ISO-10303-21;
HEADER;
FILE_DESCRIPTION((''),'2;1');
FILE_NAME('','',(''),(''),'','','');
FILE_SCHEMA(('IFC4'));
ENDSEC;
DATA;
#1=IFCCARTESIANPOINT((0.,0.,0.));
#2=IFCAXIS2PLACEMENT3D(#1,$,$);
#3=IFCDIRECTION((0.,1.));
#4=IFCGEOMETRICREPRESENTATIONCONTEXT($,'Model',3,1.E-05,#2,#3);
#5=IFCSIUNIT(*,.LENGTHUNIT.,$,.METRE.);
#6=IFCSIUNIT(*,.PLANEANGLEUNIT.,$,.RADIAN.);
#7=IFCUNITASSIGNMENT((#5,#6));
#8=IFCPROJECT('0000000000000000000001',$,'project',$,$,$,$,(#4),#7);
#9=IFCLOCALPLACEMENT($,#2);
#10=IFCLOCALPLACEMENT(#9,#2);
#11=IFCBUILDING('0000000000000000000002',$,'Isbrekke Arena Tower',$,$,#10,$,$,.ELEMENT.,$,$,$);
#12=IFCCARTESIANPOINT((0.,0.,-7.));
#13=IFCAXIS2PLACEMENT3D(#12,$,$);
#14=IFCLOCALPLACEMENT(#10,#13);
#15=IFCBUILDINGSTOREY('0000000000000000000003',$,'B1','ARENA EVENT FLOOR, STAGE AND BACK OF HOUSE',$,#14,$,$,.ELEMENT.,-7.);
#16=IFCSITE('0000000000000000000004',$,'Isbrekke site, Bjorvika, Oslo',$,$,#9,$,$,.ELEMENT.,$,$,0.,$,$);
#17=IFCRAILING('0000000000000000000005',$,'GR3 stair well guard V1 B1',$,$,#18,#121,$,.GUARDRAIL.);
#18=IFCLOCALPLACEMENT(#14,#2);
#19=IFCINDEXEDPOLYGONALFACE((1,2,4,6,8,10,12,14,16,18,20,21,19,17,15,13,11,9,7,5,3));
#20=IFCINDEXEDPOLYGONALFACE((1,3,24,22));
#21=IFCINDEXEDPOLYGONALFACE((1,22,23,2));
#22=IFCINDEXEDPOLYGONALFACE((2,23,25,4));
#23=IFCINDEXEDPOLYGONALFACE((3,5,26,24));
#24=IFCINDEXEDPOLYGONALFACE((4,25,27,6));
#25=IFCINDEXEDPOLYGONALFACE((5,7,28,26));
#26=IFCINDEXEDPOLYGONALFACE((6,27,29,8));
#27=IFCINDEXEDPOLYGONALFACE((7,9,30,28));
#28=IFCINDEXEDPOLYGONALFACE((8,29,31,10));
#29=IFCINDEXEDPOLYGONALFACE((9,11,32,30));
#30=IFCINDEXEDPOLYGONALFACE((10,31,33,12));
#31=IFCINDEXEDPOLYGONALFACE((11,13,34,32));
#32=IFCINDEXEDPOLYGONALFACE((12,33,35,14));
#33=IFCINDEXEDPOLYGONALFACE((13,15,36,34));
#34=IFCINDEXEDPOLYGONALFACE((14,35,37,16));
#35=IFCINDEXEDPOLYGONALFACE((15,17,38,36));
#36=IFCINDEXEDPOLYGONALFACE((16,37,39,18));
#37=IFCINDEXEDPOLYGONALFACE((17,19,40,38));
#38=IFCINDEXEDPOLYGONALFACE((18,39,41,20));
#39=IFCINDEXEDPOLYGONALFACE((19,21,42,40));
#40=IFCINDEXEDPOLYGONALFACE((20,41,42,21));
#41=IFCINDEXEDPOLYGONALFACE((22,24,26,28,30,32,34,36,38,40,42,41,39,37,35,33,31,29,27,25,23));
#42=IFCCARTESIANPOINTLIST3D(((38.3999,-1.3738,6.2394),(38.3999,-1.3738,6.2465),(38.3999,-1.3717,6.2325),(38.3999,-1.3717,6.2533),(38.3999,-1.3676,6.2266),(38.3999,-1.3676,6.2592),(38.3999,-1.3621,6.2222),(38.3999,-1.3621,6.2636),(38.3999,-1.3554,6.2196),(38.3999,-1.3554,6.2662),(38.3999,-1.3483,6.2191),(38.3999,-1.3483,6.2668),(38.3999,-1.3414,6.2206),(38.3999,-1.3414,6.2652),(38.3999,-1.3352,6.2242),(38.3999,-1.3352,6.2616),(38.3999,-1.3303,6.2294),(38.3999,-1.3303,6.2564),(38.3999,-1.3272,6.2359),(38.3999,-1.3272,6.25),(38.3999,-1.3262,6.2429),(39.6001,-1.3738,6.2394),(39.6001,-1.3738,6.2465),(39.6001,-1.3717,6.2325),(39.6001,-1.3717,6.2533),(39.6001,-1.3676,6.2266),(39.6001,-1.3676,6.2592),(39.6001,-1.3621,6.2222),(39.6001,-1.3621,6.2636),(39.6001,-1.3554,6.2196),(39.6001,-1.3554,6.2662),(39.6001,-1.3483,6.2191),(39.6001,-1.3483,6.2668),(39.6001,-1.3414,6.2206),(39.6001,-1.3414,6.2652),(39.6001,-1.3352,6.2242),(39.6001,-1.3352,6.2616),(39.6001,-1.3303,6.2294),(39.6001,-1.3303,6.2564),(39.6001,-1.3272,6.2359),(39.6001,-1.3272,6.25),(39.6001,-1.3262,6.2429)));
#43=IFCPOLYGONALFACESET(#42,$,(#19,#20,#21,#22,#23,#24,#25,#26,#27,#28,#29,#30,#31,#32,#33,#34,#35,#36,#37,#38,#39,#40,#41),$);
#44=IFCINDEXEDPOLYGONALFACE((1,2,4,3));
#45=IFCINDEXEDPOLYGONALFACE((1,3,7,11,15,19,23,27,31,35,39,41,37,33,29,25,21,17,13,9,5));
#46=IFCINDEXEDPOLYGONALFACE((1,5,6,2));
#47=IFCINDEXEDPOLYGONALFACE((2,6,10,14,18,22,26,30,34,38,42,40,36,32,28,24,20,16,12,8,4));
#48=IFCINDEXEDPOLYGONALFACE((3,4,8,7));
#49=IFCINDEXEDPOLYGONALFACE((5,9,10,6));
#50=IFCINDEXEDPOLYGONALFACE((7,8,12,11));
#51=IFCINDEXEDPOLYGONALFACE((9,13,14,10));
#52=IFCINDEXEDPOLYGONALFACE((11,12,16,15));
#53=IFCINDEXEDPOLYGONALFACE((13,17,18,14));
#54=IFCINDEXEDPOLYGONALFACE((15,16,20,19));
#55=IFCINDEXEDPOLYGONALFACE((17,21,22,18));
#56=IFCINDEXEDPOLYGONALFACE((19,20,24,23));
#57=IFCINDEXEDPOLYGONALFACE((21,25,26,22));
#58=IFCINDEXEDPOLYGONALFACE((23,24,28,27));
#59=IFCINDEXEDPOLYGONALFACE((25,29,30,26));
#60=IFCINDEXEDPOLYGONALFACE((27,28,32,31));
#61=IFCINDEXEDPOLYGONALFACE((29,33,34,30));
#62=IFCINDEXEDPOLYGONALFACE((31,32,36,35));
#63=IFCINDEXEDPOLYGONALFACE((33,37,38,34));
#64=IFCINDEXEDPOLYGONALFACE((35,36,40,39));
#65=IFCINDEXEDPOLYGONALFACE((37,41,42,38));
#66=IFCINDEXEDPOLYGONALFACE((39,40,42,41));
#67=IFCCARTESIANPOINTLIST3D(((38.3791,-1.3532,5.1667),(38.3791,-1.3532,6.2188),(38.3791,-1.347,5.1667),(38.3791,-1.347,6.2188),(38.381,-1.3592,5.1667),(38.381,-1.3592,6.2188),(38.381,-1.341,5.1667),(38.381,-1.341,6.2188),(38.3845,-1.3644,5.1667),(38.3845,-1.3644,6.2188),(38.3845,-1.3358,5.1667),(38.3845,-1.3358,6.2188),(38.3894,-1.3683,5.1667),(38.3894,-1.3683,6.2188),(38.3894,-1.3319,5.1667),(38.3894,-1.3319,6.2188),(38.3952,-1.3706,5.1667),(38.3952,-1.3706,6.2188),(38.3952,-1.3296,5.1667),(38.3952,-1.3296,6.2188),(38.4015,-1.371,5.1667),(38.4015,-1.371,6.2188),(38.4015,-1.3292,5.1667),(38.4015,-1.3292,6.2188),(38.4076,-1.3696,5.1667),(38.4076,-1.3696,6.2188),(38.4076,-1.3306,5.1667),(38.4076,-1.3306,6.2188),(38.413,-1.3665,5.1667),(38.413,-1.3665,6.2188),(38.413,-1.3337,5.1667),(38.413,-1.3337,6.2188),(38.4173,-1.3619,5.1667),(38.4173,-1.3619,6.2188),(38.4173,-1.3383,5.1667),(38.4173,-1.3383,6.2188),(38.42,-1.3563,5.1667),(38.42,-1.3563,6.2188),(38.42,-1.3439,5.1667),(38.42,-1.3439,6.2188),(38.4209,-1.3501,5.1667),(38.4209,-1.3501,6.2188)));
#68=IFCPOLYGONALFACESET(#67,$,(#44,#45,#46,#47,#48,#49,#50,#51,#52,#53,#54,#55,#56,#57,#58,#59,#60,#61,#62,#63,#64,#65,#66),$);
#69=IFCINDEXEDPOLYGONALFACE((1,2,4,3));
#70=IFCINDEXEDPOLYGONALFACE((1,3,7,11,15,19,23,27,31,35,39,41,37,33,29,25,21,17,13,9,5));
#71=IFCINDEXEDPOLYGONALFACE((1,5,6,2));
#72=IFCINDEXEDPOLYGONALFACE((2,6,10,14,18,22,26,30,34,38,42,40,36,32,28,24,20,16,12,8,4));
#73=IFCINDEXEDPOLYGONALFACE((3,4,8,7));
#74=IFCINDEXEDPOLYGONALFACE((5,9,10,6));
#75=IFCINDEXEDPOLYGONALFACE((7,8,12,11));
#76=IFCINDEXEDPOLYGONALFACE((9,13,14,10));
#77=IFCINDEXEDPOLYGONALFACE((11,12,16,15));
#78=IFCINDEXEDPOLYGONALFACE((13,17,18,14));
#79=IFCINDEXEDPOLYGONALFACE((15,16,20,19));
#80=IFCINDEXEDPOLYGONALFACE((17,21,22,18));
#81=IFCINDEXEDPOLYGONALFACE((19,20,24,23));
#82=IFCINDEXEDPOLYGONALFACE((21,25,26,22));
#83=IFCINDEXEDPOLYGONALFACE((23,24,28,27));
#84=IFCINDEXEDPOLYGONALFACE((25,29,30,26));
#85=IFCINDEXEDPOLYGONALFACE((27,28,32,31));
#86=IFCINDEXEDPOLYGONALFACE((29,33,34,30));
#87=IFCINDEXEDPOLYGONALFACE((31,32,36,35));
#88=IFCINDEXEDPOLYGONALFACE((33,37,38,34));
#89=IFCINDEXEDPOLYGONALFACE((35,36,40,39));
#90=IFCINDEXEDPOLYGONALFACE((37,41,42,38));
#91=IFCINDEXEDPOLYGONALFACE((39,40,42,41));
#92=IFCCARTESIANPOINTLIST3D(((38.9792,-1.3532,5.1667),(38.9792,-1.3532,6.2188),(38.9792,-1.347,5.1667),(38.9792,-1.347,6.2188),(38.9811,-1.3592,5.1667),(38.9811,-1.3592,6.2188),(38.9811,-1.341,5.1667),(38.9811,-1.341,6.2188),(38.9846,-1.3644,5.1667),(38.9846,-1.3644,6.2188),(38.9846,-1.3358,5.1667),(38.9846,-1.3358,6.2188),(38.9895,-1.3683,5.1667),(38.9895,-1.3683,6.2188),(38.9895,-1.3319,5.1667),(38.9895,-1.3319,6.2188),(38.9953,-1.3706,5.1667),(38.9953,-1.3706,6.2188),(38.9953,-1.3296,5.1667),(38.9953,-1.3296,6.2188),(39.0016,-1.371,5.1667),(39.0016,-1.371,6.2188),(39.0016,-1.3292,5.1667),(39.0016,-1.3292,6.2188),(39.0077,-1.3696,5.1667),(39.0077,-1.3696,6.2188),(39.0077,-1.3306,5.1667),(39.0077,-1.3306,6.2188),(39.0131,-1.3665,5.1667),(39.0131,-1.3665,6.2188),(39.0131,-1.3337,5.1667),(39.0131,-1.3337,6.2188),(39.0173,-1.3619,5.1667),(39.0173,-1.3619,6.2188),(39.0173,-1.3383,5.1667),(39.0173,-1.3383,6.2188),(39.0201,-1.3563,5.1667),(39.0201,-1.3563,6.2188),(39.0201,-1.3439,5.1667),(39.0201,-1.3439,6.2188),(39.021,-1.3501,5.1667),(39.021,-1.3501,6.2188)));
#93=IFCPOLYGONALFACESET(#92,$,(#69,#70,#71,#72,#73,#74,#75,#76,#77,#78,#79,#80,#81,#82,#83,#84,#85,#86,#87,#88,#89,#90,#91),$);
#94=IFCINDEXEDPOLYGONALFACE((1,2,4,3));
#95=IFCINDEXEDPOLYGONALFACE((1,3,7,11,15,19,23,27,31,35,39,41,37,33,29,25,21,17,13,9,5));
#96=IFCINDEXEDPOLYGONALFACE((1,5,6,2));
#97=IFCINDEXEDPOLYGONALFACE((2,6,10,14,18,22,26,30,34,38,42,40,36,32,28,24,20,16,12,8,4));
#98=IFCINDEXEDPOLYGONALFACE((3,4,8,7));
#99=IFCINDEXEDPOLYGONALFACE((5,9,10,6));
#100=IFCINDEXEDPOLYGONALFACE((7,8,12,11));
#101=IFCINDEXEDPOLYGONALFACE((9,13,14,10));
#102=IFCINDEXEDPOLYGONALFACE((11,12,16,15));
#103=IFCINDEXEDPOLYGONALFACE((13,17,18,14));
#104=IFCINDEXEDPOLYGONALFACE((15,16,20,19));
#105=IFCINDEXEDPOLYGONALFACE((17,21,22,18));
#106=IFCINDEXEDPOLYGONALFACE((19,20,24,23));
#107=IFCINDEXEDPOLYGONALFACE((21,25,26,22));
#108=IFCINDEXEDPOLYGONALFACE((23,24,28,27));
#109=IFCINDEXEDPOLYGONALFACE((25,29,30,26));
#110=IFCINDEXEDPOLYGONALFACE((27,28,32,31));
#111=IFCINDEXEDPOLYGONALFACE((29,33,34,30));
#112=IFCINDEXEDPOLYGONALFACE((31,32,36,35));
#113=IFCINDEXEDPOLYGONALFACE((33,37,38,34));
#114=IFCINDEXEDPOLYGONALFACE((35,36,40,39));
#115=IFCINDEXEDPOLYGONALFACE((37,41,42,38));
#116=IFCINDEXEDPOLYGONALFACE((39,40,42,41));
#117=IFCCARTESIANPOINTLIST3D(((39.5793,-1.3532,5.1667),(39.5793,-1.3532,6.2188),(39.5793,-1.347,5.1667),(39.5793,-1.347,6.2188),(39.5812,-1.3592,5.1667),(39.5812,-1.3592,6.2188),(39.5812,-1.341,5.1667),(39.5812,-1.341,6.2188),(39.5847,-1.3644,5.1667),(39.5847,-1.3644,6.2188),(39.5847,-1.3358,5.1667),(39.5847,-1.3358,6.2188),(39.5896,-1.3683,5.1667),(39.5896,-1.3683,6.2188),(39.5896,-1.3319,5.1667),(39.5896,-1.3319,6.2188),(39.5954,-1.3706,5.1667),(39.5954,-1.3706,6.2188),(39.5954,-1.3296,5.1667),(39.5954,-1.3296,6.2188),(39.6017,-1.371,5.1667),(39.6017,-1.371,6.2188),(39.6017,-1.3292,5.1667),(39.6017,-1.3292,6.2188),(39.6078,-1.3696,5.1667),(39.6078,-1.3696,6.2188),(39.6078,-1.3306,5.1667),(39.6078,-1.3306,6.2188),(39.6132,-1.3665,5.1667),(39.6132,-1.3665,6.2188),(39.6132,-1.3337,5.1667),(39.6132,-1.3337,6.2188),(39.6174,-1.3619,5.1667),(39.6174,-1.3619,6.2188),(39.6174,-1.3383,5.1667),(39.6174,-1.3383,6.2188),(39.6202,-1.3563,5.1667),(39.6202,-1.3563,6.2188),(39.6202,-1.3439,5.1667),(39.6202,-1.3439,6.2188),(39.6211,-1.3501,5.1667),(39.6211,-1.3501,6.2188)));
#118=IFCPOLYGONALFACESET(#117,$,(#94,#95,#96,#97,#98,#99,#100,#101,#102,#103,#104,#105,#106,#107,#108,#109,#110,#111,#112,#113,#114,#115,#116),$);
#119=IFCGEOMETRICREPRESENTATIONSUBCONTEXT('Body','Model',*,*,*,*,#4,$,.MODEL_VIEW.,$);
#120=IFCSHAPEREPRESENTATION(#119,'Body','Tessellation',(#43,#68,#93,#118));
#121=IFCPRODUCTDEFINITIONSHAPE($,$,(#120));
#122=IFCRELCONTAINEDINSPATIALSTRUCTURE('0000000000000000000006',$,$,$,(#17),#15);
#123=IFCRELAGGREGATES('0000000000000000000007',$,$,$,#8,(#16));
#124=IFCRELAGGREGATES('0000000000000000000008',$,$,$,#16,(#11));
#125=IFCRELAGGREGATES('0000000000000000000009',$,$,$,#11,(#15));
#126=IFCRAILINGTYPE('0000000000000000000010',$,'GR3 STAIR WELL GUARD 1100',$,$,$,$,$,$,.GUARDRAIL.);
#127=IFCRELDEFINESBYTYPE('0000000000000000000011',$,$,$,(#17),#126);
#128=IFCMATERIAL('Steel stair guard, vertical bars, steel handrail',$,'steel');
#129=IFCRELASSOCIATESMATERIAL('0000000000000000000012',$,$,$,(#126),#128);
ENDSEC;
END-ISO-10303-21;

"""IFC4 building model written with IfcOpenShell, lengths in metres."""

from ifc_helpers import new_model, si_unit, direction, frame, origin, origin_2d, place, context, subcontext, project, spatial, circle, extrude, material, type_object, element, save


model = new_model("IFC4")

# Units and contexts
model_context = context("Model", 3, precision=1e-05, world=origin(), true_north=direction((0.0, 1.0)))
body_context = subcontext(model_context, "Body", "Model", "MODEL_VIEW")
ifc_project = project(units=[si_unit("LENGTHUNIT", "METRE"), si_unit("PLANEANGLEUNIT", "RADIAN")], contexts=[model_context])

# Site, building, storey
site_placement = place(None, origin())
site = spatial("IfcSite", under=ifc_project, at=site_placement, Name="Isbrekke site, Bjorvika, Oslo", CompositionType="ELEMENT", RefElevation=0.0)
building_placement = place(site_placement, origin())
building = spatial("IfcBuilding", under=site, at=building_placement, Name="Isbrekke Arena Tower", CompositionType="ELEMENT")
storey_placement = place(building_placement, frame((0.0, 0.0, -7.0)))
storey = spatial("IfcBuildingStorey", under=building, at=storey_placement, Name="B1", Description="ARENA EVENT FLOOR, STAGE AND BACK OF HOUSE", CompositionType="ELEMENT", Elevation=-7.0)

# Railing
ifc_material_1 = material(Name="Steel stair guard, vertical bars, steel handrail", Category="steel")
railing_type = type_object("IfcRailingType", Name="GR3 STAIR WELL GUARD 1100", PredefinedType="GUARDRAIL", material=ifc_material_1)
railing_placement = place(storey_placement, frame((38.3999, -1.3501, 5.1667)))
element("IfcRailing", 1, at=railing_placement, inside=storey, type_object=railing_type, Name="GR3 stair well guard V1 B1", PredefinedType="GUARDRAIL", context=body_context, shape_type="SweptSolid", body=[
    extrude(circle(Radius=0.0239, at=origin_2d()), frame((0.0, 0.0, 1.0762), z_axis=(1.0, 0.0, 0.0), x_axis=(0.0, 1.0, 0.0)), (0.0, 0.0, 1.0), 1.2002),
    extrude(circle(Radius=0.021, at=origin_2d()), origin(), (0.0, 0.0, 1.0), 1.052),
    extrude(circle(Radius=0.021, at=origin_2d()), frame((0.6001, 0.0, 0.0)), (0.0, 0.0, 1.0), 1.052),
    extrude(circle(Radius=0.021, at=origin_2d()), frame((1.2002, 0.0, 0.0)), (0.0, 0.0, 1.0), 1.052),
])

save(model, "model.ifc")
